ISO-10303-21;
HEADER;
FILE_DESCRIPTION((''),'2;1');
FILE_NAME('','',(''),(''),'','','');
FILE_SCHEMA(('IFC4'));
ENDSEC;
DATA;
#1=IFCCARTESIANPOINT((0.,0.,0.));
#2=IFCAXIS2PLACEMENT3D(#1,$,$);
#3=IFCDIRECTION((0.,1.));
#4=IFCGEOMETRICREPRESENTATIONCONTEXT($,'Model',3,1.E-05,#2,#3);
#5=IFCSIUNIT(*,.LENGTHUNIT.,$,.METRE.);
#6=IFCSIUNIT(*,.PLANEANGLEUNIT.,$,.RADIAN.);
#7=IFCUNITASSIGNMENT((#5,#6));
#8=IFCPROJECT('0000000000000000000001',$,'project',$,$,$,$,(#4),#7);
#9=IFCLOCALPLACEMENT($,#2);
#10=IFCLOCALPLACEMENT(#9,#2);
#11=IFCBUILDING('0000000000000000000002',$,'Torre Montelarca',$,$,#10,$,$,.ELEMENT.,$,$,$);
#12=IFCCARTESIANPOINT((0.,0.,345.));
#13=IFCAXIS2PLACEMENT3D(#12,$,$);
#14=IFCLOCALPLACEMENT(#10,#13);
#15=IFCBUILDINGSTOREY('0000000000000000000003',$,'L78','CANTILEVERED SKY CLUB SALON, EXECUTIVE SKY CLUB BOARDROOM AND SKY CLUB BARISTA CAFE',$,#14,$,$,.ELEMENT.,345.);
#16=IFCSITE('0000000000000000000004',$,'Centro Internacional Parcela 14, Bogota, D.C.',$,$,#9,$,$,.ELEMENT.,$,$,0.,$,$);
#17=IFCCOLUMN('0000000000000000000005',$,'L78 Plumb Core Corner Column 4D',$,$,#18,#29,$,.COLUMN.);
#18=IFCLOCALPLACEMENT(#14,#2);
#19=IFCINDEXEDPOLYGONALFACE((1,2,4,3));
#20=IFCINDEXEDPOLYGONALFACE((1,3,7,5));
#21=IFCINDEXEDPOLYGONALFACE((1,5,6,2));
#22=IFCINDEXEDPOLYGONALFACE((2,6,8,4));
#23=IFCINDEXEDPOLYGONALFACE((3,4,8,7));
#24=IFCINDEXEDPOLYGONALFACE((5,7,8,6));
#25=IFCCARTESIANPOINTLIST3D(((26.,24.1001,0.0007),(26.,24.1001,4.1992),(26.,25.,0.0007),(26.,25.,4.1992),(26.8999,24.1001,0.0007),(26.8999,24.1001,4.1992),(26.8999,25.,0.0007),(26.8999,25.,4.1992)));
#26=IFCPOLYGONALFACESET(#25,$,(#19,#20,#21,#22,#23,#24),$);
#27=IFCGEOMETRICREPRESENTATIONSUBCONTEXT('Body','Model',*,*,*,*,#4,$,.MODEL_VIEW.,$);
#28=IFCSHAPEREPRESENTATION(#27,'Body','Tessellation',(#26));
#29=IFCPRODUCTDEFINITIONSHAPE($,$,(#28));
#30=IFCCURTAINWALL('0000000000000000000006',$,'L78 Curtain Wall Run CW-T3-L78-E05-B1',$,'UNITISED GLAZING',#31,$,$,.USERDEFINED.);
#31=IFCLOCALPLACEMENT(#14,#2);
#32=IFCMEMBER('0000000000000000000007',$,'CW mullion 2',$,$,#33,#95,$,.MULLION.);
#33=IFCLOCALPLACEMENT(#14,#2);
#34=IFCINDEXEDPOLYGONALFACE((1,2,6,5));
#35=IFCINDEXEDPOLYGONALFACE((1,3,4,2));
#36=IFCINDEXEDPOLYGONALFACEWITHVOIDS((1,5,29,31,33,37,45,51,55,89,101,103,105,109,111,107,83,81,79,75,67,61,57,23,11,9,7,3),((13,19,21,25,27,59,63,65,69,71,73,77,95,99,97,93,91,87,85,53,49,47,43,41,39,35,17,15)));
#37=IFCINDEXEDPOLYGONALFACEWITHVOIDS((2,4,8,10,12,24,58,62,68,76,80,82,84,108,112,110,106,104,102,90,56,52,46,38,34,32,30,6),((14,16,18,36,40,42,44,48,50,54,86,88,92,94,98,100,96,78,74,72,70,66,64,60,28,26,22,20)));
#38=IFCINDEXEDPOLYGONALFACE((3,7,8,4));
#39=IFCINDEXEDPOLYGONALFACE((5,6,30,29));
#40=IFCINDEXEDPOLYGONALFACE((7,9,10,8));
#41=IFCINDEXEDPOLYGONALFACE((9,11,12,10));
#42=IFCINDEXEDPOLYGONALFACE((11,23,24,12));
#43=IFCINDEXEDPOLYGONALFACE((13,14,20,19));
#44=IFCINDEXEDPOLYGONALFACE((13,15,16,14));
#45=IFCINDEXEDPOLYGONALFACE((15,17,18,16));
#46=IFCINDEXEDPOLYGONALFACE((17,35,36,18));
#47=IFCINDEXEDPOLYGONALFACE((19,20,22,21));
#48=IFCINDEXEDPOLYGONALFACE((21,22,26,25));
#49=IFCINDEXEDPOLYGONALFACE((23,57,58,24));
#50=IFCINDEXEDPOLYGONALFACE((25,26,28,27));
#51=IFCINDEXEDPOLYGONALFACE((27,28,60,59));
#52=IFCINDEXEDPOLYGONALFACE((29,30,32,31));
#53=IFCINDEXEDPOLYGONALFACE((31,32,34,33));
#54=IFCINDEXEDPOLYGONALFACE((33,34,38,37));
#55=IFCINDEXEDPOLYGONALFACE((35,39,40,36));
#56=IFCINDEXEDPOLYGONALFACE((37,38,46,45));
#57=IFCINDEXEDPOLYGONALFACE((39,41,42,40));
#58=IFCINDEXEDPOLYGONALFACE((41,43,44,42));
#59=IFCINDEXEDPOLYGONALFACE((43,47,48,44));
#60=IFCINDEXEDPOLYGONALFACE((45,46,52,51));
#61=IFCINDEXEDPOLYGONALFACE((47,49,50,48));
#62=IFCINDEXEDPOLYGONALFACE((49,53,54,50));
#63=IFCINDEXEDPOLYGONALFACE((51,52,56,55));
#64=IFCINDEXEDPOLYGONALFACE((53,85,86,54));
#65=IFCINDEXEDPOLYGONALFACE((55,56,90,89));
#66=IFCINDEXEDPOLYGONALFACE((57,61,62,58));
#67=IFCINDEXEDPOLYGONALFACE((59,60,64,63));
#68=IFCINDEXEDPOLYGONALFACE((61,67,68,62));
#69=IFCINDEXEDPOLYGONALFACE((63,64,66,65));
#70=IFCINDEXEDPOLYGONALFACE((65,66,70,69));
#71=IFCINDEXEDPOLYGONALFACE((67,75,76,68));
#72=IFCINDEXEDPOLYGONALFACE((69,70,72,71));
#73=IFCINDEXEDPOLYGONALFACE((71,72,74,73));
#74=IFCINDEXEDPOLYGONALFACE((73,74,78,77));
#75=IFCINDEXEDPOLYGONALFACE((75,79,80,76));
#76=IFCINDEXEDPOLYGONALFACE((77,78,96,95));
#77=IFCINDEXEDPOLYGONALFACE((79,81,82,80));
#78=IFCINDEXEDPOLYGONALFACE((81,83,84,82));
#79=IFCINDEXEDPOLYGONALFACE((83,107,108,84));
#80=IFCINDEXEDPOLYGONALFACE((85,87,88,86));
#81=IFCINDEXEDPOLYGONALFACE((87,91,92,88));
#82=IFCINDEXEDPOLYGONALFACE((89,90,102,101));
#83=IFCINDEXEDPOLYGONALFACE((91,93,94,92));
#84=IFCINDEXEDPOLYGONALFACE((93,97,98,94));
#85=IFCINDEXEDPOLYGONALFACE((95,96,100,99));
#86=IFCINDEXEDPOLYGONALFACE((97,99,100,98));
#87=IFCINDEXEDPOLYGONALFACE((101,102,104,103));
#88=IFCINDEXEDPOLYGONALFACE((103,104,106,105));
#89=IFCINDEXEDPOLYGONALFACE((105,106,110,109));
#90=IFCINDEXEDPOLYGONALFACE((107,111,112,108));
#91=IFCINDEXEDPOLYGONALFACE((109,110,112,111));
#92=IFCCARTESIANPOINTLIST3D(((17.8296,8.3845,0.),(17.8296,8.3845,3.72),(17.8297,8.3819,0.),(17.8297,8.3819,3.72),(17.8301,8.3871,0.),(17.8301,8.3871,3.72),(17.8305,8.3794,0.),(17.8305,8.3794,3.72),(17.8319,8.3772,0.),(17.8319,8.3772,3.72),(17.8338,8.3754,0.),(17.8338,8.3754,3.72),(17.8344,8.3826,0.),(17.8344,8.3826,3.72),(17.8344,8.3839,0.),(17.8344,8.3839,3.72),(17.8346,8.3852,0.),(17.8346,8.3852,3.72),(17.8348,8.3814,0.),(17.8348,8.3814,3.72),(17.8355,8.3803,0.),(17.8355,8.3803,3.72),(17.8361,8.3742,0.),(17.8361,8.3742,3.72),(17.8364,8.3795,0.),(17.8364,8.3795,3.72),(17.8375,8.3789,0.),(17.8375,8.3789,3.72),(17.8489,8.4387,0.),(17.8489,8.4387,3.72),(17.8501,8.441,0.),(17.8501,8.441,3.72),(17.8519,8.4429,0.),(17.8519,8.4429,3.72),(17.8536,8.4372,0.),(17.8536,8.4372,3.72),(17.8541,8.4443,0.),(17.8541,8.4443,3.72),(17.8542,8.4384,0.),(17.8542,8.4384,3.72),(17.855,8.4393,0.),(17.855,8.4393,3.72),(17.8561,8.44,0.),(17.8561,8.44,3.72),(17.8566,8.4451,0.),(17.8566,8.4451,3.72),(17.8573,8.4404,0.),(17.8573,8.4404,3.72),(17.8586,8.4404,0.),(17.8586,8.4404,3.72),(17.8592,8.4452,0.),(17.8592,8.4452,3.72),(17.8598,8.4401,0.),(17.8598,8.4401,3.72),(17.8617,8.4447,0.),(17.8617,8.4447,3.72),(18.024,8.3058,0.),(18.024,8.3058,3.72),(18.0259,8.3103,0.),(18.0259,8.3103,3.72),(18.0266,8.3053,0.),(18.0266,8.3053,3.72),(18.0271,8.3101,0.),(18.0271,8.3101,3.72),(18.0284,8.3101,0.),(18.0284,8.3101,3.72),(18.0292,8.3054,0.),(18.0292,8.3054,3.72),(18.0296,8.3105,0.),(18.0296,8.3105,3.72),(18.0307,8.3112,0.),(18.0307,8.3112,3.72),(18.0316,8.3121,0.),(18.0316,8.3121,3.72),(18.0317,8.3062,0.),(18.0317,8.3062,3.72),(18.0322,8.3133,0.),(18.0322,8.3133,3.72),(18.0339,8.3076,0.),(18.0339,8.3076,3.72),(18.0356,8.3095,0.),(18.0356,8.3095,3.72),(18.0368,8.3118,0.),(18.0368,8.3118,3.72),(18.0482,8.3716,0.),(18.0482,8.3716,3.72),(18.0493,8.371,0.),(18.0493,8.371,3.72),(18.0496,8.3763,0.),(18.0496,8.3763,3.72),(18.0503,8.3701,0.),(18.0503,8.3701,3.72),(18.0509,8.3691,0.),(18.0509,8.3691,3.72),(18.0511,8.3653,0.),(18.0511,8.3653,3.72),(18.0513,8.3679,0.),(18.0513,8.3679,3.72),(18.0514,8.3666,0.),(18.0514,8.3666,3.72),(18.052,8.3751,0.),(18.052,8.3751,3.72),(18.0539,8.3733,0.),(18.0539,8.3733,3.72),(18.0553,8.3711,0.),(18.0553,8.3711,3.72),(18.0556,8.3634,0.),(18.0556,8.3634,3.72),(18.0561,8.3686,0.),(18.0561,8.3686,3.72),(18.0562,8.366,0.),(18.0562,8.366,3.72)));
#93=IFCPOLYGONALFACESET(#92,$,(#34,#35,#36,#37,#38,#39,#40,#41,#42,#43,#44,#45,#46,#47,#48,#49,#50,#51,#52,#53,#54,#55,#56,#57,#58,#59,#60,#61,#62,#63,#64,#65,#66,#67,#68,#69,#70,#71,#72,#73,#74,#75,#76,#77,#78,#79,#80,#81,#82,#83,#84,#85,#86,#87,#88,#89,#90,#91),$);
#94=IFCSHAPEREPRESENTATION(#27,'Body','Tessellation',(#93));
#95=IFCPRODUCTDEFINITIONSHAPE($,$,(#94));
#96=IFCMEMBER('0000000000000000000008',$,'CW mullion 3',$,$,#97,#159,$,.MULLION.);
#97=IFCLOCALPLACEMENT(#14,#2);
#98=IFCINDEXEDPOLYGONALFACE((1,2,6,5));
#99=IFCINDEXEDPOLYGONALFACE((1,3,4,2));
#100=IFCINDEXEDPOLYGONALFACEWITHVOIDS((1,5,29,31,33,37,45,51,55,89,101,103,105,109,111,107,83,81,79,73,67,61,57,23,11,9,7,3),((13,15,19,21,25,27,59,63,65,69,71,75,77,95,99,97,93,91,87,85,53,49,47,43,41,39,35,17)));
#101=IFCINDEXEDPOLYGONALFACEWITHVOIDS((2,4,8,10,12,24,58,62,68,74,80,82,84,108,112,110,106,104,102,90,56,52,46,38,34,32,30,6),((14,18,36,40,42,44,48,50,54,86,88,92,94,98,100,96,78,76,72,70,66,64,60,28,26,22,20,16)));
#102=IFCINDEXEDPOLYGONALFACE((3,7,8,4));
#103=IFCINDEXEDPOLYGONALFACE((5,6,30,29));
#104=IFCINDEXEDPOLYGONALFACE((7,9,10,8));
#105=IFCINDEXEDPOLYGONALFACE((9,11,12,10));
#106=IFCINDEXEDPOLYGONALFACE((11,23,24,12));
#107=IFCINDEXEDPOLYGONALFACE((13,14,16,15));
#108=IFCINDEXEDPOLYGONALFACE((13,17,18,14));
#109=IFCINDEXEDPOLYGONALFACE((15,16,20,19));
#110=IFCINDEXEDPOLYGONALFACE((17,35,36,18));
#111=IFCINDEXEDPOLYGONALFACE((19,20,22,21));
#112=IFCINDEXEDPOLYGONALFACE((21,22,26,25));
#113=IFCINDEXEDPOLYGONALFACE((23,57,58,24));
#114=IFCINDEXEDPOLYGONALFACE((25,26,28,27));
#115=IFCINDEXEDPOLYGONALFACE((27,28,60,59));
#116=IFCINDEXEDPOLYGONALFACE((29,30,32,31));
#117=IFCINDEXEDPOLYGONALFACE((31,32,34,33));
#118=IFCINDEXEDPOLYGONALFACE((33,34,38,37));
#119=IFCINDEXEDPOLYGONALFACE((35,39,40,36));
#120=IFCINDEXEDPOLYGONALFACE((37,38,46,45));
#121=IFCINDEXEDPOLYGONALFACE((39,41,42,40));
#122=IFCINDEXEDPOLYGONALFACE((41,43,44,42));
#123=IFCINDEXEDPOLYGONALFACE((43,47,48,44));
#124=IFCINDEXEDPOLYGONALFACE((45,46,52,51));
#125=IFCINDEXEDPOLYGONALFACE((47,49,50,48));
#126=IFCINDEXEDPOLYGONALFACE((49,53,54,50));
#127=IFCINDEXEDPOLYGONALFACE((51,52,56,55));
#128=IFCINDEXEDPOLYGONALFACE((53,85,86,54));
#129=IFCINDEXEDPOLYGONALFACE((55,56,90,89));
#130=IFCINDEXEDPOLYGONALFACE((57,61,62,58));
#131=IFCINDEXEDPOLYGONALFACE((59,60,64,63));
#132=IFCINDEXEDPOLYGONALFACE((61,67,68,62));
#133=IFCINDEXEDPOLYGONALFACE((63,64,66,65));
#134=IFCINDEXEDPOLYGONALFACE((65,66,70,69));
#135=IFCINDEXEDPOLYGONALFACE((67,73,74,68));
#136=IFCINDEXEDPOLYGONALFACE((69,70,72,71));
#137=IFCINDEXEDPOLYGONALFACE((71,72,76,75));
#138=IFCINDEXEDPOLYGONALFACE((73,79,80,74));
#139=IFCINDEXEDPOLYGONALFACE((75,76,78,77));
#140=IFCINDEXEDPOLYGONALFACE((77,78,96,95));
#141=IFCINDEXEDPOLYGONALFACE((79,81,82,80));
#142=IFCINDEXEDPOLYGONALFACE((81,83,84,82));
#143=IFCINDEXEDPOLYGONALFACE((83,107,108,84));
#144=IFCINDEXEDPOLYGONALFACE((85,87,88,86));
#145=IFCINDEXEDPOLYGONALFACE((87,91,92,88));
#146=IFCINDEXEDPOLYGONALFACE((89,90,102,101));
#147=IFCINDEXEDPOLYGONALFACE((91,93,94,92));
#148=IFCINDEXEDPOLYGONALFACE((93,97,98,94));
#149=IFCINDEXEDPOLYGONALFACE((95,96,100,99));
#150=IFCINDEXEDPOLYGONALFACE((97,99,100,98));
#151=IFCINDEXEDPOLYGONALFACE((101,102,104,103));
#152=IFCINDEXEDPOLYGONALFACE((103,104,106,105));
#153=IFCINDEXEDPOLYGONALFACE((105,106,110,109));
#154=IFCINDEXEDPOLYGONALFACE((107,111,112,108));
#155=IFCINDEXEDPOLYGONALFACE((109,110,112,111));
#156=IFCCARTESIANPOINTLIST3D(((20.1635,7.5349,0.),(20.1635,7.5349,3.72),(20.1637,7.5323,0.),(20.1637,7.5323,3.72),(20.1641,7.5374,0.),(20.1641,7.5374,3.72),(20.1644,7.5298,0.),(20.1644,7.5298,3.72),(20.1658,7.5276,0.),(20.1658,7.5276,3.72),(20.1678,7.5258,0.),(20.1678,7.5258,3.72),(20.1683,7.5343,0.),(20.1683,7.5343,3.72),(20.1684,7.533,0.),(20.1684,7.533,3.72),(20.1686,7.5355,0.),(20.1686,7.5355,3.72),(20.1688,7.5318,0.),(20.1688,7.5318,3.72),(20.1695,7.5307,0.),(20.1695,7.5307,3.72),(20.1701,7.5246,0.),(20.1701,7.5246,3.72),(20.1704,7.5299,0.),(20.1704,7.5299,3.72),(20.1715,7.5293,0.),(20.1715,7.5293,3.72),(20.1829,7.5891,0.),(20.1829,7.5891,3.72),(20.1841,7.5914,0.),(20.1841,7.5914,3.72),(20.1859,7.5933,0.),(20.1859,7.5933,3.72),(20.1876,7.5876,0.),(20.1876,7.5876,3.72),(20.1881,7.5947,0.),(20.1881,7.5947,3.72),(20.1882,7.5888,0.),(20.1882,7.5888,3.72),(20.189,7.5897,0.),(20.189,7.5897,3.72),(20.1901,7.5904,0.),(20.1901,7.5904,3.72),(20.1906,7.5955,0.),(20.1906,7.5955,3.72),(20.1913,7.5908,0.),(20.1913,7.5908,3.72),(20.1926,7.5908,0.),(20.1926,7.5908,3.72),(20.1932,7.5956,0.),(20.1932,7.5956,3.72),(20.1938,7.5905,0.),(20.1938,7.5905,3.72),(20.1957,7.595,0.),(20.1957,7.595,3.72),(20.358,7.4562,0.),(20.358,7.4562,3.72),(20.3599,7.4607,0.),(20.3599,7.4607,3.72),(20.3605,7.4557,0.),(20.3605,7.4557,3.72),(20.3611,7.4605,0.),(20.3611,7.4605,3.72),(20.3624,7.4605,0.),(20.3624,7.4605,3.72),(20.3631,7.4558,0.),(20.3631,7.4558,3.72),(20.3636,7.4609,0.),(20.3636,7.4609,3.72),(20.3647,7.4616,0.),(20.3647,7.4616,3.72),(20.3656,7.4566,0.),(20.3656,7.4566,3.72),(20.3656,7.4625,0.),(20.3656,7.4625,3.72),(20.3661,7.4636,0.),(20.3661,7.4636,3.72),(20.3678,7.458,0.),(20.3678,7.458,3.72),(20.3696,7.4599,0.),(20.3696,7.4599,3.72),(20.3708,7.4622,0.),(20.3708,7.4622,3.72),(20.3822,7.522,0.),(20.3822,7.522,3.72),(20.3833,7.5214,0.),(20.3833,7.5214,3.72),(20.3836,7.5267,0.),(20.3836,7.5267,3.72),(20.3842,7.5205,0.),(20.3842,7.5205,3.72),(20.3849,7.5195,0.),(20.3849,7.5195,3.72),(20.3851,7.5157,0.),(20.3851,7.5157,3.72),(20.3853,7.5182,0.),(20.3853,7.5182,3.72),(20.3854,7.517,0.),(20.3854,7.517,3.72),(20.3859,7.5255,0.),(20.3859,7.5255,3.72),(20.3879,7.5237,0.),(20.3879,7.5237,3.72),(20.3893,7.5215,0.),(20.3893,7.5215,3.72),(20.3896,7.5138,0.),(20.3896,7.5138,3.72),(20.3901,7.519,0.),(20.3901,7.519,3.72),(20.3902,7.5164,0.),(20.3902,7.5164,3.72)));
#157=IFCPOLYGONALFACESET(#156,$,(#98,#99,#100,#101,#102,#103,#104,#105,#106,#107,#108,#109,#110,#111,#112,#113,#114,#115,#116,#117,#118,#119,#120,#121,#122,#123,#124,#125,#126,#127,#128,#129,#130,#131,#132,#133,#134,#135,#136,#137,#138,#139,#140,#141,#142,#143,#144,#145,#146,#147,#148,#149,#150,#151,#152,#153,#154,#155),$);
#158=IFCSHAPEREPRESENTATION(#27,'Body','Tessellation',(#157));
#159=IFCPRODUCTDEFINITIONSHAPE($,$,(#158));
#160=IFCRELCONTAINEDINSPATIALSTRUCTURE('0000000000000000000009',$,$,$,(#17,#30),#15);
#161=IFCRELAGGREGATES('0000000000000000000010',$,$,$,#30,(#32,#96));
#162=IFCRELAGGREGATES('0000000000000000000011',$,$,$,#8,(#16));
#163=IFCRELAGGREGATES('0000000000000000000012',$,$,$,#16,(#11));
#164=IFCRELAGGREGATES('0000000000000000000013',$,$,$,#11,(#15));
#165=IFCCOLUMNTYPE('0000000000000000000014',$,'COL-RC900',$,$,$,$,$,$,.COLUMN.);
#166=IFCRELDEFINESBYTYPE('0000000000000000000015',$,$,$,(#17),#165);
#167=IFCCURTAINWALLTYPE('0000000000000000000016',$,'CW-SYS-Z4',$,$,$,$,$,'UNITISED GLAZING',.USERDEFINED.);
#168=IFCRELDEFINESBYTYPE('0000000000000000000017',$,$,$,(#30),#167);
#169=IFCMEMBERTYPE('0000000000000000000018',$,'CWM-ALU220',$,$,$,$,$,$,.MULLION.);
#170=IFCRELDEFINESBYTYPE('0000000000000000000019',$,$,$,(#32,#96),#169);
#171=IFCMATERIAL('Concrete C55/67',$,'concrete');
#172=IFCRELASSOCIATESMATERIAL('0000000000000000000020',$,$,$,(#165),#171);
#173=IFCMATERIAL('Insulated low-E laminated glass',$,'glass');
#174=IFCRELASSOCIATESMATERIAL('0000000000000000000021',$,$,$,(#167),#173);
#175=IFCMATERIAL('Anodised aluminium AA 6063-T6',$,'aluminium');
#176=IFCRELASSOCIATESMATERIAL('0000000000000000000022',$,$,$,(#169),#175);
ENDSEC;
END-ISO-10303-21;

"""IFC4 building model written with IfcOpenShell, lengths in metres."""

from ifc_helpers import new_model, si_unit, direction, frame, origin, origin_2d, place, context, subcontext, project, spatial, rectangle, hollow_rectangle, extrude, source, transform, mapped, material, material_profile, profile_set, type_object, element, aggregate, save


model = new_model("IFC4")

# Units and contexts
model_context = context("Model", 3, precision=1e-05, world=origin(), true_north=direction((0.0, 1.0)))
body_context = subcontext(model_context, "Body", "Model", "MODEL_VIEW")
ifc_project = project(units=[si_unit("LENGTHUNIT", "METRE"), si_unit("PLANEANGLEUNIT", "RADIAN")], contexts=[model_context])

# Site, building, storey
site_placement = place(None, origin())
site = spatial("IfcSite", under=ifc_project, at=site_placement, Name="Centro Internacional Parcela 14, Bogota, D.C.", CompositionType="ELEMENT", RefElevation=0.0)
building_placement = place(site_placement, origin())
building = spatial("IfcBuilding", under=site, at=building_placement, Name="Torre Montelarca", CompositionType="ELEMENT")
storey_placement = place(building_placement, frame((0.0, 0.0, 345.0)))
storey = spatial("IfcBuildingStorey", under=building, at=storey_placement, Name="L78", Description="CANTILEVERED SKY CLUB SALON, EXECUTIVE SKY CLUB BOARDROOM AND SKY CLUB BARISTA CAFE", CompositionType="ELEMENT", Elevation=345.0)

# Column
ifc_material_1 = material(Name="Concrete C55/67", Category="concrete")
ifc_material_profile_1 = material_profile(ifc_material_1, rectangle(XDim=0.8999, YDim=0.8999, at=origin_2d()), Name="RC900X900", Category="concrete")
ifc_profile_set_1 = profile_set([ifc_material_profile_1], Name="Concrete C55/67")
column_type_1 = type_object("IfcColumnType", Name="COL-RC900", PredefinedType="COLUMN", material=ifc_profile_set_1)
shared_shape_1 = source(origin(), body_context, "Body", "SweptSolid", [
    extrude(rectangle(XDim=0.8999, YDim=0.8999, at=origin_2d()), origin(), (0.0, 0.0, 1.0), 4.1985),
])
column_1_placement = place(storey_placement, frame((26.45, 24.55, 0.0007), z_axis=(0.0, 0.0, 1.0), x_axis=(1.0, 0.0, 0.0)))
element("IfcColumn", 1, at=column_1_placement, inside=storey, type_object=column_type_1, Name="L78 Plumb Core Corner Column 4D", PredefinedType="COLUMN", context=body_context, shape_type="MappedRepresentation", body=[
    mapped(shared_shape_1, transform((0.0, 0.0, 0.0), scale=1.0)),
])

# Curtain wall, members
ifc_material_2 = material(Name="Insulated low-E laminated glass", Category="glass")
curtain_wall_type = type_object("IfcCurtainWallType", Name="CW-SYS-Z4", ElementType="UNITISED GLAZING", PredefinedType="USERDEFINED", material=ifc_material_2)
curtain_wall_1_placement = place(storey_placement, origin())
curtain_wall_1 = element("IfcCurtainWall", 2, at=curtain_wall_1_placement, inside=storey, type_object=curtain_wall_type, Name="L78 Curtain Wall Run CW-T3-L78-E05-B1", ObjectType="UNITISED GLAZING", PredefinedType="USERDEFINED")
ifc_material_3 = material(Name="Anodised aluminium AA 6063-T6", Category="aluminium")
ifc_material_profile_2 = material_profile(ifc_material_3, hollow_rectangle(XDim=0.075, YDim=0.22, WallThickness=0.0049, InnerFilletRadius=0.0049, OuterFilletRadius=0.01, at=origin_2d()), Name="ALU75X220X5", Category="aluminium")
ifc_profile_set_2 = profile_set([ifc_material_profile_2], Name="Anodised aluminium AA 6063-T6")
member_type_1 = type_object("IfcMemberType", Name="CWM-ALU220", PredefinedType="MULLION", material=ifc_profile_set_2)
shared_shape_2 = source(origin(), body_context, "Body", "SweptSolid", [
    extrude(hollow_rectangle(XDim=0.075, YDim=0.22, WallThickness=0.0049, InnerFilletRadius=0.0049, OuterFilletRadius=0.01, at=origin_2d()), origin(), (0.0, 0.0, 1.0), 3.72),
])
member_1_placement = place(storey_placement, frame((17.9429, 8.3752, 0.0), z_axis=(0.0, 0.0, 1.0), x_axis=(0.342015, 0.939694, 0.0)))
member_1 = element("IfcMember", 3, at=member_1_placement, type_object=member_type_1, Name="CW mullion 2", PredefinedType="MULLION", context=body_context, shape_type="MappedRepresentation", body=[
    mapped(shared_shape_2, transform((0.0, 0.0, 0.0), scale=1.0)),
])
member_2_placement = place(storey_placement, frame((20.2769, 7.5256, 0.0), z_axis=(0.0, 0.0, 1.0), x_axis=(0.342015, 0.939694, 0.0)))
member_2 = element("IfcMember", 4, at=member_2_placement, type_object=member_type_1, Name="CW mullion 3", PredefinedType="MULLION", context=body_context, shape_type="MappedRepresentation", body=[
    mapped(shared_shape_2, transform((0.0, 0.0, 0.0), scale=1.0)),
])

aggregate(curtain_wall_1, [member_1, member_2])

save(model, "model.ifc")
